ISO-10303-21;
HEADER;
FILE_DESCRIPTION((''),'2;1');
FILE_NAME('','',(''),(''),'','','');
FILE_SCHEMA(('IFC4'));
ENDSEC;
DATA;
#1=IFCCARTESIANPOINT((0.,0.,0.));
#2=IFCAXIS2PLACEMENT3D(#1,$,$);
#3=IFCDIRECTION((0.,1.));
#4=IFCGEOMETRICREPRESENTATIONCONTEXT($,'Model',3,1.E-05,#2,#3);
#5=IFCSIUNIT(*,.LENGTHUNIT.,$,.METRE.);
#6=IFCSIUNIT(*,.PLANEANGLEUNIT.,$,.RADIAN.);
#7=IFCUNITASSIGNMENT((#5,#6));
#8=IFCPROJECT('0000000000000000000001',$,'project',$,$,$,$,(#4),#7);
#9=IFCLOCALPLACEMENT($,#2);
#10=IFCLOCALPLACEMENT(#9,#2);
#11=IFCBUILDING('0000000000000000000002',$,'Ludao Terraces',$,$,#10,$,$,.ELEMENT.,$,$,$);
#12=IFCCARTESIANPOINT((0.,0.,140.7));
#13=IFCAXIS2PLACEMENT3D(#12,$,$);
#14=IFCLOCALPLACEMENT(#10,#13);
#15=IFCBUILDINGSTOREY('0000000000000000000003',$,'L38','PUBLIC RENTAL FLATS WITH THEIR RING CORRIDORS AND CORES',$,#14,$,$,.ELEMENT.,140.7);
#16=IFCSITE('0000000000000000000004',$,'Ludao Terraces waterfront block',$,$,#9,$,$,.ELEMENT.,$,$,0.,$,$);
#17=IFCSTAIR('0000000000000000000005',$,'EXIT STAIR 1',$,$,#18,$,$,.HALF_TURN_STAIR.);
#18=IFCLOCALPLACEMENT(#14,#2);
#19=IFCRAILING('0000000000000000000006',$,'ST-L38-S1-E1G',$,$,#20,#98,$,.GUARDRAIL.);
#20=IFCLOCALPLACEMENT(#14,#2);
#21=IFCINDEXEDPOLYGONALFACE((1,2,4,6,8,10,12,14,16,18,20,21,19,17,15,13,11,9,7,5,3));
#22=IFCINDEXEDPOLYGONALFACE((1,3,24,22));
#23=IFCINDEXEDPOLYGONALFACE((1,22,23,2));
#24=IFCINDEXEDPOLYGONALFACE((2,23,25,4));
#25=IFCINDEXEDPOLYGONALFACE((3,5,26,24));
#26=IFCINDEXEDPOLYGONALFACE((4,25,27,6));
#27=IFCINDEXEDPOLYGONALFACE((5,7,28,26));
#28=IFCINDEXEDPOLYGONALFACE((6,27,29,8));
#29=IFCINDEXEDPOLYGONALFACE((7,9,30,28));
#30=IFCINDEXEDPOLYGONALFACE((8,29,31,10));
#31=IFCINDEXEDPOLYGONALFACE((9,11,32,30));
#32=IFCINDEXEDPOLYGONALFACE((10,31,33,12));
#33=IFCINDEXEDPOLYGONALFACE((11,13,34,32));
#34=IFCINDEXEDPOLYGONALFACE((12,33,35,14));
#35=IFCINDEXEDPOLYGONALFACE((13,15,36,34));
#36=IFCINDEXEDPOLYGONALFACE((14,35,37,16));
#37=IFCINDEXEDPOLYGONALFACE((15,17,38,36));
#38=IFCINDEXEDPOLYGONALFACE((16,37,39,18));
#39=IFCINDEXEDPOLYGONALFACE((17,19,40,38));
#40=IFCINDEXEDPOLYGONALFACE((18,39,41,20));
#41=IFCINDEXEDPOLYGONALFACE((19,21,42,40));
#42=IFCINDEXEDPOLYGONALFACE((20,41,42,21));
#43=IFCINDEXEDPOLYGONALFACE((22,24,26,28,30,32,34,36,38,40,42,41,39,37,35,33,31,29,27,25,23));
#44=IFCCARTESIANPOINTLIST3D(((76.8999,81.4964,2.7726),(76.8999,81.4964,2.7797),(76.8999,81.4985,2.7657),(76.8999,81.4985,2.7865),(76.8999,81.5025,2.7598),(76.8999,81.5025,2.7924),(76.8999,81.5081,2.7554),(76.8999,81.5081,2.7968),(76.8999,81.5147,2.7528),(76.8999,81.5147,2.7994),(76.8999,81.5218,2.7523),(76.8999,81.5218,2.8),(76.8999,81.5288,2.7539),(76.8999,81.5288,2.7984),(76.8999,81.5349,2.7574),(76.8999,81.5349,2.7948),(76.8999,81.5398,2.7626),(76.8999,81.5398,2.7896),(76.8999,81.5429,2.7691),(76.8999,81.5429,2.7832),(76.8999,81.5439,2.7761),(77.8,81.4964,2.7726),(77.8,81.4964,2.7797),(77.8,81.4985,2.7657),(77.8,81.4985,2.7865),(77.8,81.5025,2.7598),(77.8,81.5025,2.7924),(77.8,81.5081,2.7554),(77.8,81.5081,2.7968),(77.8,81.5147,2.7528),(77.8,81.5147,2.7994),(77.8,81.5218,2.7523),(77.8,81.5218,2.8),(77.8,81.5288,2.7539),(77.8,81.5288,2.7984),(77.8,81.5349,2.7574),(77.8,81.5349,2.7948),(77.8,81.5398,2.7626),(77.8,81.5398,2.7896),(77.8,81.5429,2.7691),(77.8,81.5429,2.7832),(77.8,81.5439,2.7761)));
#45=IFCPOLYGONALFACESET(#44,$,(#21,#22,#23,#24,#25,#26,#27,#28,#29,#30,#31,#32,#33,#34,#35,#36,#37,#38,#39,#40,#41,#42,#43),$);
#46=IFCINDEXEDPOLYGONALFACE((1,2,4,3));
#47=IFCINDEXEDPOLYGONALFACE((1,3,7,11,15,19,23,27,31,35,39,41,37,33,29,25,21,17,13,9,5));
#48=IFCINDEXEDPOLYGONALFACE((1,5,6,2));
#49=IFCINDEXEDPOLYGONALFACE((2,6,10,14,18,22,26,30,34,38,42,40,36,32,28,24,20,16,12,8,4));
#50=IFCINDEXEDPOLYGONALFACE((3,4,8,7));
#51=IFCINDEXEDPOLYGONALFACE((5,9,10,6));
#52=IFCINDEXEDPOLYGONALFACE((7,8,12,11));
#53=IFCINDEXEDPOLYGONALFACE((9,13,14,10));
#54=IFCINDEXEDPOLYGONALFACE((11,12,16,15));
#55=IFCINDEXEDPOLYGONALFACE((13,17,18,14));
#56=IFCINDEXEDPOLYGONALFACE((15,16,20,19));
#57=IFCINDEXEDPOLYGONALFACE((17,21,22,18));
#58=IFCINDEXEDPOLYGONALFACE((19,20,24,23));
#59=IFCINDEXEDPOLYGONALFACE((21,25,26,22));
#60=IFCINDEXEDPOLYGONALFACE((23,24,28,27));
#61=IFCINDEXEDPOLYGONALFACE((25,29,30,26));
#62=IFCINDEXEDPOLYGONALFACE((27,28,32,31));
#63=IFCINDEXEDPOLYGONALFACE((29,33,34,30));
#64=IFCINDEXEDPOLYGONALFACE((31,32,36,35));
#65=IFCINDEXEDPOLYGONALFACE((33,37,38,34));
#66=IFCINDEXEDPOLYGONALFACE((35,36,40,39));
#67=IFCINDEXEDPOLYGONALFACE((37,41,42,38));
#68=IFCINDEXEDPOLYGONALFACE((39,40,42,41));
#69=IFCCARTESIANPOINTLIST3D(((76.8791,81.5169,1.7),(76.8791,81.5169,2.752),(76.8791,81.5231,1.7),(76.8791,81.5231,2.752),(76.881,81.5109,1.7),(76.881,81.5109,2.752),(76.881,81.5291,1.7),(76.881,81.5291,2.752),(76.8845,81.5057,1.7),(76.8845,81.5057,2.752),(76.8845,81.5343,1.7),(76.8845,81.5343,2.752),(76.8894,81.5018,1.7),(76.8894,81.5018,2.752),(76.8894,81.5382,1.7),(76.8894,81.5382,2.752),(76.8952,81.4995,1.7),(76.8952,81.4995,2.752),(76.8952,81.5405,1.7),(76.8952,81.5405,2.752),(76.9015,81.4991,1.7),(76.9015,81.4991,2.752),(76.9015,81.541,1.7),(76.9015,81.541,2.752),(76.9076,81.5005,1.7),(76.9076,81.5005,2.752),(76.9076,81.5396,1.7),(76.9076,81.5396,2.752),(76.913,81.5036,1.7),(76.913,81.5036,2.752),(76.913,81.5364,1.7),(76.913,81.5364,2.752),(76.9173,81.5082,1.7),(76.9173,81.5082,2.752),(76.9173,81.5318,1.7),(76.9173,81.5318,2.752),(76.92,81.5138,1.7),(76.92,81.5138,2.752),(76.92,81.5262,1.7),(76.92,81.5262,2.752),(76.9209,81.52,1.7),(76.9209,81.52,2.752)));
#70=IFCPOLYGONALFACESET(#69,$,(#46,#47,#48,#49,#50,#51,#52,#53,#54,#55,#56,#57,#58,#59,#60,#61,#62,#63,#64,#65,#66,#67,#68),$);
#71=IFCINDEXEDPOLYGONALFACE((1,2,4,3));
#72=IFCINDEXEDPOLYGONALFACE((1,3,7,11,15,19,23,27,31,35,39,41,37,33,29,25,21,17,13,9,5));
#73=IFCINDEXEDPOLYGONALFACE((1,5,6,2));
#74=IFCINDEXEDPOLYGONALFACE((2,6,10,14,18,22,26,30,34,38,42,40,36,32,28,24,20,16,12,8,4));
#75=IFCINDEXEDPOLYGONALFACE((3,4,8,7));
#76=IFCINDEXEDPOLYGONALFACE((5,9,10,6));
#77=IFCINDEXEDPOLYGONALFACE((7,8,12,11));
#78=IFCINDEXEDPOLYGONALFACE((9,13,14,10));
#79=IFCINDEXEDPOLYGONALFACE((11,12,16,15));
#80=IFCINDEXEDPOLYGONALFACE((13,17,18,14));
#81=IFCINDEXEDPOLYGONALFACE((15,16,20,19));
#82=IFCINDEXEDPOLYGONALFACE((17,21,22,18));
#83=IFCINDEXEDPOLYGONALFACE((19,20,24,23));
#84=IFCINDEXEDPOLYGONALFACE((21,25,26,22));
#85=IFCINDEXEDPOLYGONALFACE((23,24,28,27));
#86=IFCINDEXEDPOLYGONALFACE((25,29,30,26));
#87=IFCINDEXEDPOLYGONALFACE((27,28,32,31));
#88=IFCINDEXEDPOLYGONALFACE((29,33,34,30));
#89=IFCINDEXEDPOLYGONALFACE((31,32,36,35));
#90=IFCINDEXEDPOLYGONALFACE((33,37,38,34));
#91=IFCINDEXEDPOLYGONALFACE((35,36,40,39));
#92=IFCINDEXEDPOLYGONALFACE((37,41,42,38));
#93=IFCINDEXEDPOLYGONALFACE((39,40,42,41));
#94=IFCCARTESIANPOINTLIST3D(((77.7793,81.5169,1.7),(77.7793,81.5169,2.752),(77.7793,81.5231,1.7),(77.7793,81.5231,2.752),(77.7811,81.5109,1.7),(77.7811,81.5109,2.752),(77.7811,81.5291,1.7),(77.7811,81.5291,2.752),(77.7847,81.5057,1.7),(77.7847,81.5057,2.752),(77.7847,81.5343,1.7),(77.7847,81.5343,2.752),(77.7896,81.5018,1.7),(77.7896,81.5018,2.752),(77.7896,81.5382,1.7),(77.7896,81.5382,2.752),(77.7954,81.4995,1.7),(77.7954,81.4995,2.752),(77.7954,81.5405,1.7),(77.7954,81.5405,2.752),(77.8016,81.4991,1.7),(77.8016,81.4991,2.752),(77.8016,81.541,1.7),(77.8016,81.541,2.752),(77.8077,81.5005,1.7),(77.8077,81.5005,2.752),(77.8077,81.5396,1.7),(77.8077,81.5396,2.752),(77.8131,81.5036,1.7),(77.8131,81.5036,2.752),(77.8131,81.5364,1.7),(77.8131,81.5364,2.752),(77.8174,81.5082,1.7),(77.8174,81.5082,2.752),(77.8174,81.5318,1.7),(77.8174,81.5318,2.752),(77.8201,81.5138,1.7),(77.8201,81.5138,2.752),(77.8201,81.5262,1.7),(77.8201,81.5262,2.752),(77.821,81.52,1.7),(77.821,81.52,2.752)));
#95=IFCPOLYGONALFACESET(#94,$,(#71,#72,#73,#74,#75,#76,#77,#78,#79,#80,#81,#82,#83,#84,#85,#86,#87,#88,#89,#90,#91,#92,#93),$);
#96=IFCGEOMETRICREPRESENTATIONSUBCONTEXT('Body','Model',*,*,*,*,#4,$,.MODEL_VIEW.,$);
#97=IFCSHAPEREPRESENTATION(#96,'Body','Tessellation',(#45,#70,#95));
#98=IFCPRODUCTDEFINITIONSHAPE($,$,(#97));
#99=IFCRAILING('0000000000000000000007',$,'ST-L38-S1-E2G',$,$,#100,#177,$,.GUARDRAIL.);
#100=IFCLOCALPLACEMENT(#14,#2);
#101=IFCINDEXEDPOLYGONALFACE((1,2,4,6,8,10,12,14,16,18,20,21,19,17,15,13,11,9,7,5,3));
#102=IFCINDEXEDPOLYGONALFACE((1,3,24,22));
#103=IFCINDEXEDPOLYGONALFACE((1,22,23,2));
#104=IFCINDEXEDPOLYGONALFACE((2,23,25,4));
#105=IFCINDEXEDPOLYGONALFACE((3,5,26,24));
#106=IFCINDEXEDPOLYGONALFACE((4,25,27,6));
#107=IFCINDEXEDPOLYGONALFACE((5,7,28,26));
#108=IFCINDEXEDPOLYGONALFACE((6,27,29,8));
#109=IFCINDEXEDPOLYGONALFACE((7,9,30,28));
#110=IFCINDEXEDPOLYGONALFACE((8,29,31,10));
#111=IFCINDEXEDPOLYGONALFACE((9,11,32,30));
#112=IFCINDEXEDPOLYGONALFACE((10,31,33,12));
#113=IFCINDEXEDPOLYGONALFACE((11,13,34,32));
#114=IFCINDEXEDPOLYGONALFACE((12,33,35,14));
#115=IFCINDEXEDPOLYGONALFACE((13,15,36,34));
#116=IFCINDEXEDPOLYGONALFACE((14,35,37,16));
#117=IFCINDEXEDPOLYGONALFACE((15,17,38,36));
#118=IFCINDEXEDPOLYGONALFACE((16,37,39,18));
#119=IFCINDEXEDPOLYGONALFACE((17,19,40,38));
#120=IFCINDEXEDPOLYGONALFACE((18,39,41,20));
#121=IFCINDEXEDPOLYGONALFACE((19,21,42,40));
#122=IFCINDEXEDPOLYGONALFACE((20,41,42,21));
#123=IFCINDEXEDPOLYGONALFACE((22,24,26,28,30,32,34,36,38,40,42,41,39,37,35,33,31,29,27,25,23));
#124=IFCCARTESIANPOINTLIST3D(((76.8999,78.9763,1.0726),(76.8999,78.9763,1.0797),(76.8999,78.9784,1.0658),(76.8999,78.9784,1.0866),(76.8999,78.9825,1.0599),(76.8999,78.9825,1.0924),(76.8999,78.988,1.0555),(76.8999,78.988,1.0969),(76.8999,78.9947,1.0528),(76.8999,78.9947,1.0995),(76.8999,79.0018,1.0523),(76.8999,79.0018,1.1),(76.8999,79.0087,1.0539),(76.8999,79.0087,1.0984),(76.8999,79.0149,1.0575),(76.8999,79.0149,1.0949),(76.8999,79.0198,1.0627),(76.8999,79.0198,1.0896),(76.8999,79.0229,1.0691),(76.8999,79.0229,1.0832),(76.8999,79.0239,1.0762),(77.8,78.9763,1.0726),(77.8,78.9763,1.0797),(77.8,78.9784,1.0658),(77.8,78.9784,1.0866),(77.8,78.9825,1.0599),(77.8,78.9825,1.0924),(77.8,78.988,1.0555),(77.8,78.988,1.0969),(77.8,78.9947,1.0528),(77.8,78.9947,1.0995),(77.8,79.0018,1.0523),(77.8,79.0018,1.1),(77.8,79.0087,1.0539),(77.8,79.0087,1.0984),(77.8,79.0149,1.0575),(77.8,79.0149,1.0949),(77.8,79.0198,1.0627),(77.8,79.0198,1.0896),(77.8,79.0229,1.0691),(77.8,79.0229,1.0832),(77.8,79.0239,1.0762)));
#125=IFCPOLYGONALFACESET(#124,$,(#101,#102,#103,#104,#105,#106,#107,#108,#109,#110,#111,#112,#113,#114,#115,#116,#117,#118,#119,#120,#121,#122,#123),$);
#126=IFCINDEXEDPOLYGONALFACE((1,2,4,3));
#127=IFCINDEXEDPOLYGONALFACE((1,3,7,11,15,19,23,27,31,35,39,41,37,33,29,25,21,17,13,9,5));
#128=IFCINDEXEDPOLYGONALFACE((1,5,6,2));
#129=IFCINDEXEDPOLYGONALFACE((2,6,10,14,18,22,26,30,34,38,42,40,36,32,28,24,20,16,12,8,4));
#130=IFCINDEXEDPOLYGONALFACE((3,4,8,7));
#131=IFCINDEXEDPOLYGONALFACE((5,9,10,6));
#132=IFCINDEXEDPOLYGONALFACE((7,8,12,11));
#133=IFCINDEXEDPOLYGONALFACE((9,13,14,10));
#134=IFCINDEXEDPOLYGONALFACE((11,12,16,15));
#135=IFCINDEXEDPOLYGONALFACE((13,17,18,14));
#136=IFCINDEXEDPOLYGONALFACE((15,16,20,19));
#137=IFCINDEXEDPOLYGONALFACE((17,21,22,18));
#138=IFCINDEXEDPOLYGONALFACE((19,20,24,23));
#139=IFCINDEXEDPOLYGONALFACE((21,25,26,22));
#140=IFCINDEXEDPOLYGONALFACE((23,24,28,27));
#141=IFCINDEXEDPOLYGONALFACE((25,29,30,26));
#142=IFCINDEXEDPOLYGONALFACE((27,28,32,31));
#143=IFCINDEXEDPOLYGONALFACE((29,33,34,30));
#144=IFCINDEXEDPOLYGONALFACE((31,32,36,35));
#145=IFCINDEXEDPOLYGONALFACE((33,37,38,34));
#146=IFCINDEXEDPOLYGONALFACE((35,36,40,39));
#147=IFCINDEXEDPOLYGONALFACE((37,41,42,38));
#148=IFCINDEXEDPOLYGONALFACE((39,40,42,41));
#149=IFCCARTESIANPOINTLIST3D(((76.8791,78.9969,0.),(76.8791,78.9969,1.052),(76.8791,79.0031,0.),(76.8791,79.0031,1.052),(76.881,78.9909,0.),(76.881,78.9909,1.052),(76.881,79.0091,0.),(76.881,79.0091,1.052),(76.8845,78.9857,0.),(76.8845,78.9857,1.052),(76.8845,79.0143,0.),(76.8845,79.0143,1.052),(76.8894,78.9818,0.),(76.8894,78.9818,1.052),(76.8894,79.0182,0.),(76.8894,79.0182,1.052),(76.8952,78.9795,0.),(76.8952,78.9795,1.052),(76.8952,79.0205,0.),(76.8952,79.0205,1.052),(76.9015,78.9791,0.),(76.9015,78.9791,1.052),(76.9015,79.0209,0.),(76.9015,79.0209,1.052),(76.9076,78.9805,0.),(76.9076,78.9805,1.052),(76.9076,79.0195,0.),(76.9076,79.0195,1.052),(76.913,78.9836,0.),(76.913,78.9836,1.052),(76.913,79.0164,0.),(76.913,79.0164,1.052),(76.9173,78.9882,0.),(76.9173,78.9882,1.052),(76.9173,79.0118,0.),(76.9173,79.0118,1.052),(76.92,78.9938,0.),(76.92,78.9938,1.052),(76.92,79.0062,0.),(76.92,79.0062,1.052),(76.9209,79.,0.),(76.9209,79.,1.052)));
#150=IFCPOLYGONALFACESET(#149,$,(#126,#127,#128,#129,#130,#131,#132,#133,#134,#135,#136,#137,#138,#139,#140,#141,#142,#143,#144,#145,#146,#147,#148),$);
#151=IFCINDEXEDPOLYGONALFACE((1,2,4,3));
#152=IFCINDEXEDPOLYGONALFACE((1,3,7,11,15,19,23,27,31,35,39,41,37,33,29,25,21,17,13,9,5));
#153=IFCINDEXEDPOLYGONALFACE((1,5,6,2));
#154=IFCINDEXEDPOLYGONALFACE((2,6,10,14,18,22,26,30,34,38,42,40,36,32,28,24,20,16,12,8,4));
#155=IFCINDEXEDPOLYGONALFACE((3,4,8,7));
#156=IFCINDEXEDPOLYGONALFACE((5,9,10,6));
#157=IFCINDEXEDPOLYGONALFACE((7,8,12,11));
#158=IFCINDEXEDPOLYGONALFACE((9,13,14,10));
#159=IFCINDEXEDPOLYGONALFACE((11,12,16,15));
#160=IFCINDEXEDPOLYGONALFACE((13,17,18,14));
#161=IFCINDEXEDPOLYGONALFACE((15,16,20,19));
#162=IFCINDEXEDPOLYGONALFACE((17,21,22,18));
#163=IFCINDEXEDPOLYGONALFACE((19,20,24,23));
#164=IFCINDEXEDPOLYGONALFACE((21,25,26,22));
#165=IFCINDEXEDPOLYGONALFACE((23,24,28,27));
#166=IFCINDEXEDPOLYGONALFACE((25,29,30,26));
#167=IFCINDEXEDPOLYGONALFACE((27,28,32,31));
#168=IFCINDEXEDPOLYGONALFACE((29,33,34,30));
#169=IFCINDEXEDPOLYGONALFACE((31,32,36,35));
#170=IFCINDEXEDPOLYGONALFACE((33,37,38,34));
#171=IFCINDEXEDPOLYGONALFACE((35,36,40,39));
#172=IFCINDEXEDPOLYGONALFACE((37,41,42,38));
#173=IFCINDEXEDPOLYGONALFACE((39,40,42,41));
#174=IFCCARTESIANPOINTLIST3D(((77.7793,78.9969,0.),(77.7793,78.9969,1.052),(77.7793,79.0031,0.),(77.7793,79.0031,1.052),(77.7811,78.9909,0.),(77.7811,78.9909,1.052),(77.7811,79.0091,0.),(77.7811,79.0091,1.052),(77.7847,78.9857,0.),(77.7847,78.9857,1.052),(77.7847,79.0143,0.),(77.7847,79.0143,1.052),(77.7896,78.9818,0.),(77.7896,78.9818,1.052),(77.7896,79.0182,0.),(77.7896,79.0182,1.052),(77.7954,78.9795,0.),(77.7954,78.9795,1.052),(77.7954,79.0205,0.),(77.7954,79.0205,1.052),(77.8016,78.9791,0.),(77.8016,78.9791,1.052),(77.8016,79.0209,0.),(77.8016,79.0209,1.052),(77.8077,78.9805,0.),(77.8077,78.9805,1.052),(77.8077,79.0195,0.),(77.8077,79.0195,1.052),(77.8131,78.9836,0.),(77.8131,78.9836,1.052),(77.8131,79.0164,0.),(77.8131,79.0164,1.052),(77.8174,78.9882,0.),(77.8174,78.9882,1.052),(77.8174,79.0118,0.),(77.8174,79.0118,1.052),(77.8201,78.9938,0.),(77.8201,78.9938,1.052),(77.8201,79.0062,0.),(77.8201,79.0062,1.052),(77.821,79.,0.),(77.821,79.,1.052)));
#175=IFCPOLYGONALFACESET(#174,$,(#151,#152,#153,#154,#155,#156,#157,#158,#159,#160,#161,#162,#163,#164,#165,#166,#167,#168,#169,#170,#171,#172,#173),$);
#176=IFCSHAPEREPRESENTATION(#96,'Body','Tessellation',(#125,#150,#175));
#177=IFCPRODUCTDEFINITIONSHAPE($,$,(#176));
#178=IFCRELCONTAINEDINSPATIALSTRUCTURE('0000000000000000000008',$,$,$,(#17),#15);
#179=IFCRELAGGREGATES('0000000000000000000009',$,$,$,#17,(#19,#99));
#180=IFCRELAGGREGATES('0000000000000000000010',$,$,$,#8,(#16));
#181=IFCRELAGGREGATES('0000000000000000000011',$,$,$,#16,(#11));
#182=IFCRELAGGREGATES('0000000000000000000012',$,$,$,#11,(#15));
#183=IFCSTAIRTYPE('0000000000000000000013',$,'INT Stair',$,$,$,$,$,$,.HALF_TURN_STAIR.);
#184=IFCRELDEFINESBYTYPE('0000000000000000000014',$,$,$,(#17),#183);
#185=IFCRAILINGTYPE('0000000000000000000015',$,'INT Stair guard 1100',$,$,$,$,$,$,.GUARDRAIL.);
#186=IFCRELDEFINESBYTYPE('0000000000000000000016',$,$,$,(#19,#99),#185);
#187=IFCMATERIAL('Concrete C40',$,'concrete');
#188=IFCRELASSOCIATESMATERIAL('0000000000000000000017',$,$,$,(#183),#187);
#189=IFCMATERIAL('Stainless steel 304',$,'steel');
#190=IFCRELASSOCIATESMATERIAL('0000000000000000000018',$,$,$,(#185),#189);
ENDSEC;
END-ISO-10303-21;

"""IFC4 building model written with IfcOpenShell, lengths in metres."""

from ifc_helpers import new_model, si_unit, direction, frame, origin, origin_2d, place, context, subcontext, project, spatial, circle, extrude, material, type_object, element, aggregate, save


model = new_model("IFC4")

# Units and contexts
model_context = context("Model", 3, precision=1e-05, world=origin(), true_north=direction((0.0, 1.0)))
body_context = subcontext(model_context, "Body", "Model", "MODEL_VIEW")
ifc_project = project(units=[si_unit("LENGTHUNIT", "METRE"), si_unit("PLANEANGLEUNIT", "RADIAN")], contexts=[model_context])

# Site, building, storey
site_placement = place(None, origin())
site = spatial("IfcSite", under=ifc_project, at=site_placement, Name="Ludao Terraces waterfront block", CompositionType="ELEMENT", RefElevation=0.0)
building_placement = place(site_placement, origin())
building = spatial("IfcBuilding", under=site, at=building_placement, Name="Ludao Terraces", CompositionType="ELEMENT")
storey_placement = place(building_placement, frame((0.0, 0.0, 140.7)))
storey = spatial("IfcBuildingStorey", under=building, at=storey_placement, Name="L38", Description="PUBLIC RENTAL FLATS WITH THEIR RING CORRIDORS AND CORES", CompositionType="ELEMENT", Elevation=140.7)

# Shared definitions
ifc_material_1 = material(Name="Stainless steel 304", Category="steel")

# Stair, railings
ifc_material_2 = material(Name="Concrete C40", Category="concrete")
stair_type = type_object("IfcStairType", Name="INT Stair", PredefinedType="HALF_TURN_STAIR", material=ifc_material_2)
stair_placement = place(storey_placement, origin())
stair = element("IfcStair", 1, at=stair_placement, inside=storey, type_object=stair_type, Name="EXIT STAIR 1", PredefinedType="HALF_TURN_STAIR")
railing_type_1 = type_object("IfcRailingType", Name="INT Stair guard 1100", PredefinedType="GUARDRAIL", material=ifc_material_1)
railing_1_placement = place(storey_placement, frame((76.8999, 81.52, 1.7)))
railing_1 = element("IfcRailing", 2, at=railing_1_placement, type_object=railing_type_1, Name="ST-L38-S1-E1G", PredefinedType="GUARDRAIL", context=body_context, shape_type="SweptSolid", body=[
    extrude(circle(Radius=0.0239, at=origin_2d()), frame((0.0, 0.0, 1.0762), z_axis=(1.0, 0.0, 0.0), x_axis=(0.0, 1.0, 0.0)), (0.0, 0.0, 1.0), 0.9001),
    extrude(circle(Radius=0.021, at=origin_2d()), origin(), (0.0, 0.0, 1.0), 1.052),
    extrude(circle(Radius=0.021, at=origin_2d()), frame((0.9001, 0.0, 0.0)), (0.0, 0.0, 1.0), 1.052),
])
railing_2_placement = place(storey_placement, frame((76.8999, 79.0, 0.0)))
railing_2 = element("IfcRailing", 3, at=railing_2_placement, type_object=railing_type_1, Name="ST-L38-S1-E2G", PredefinedType="GUARDRAIL", context=body_context, shape_type="SweptSolid", body=[
    extrude(circle(Radius=0.0239, at=origin_2d()), frame((0.0, 0.0, 1.0762), z_axis=(1.0, 0.0, 0.0), x_axis=(0.0, 1.0, 0.0)), (0.0, 0.0, 1.0), 0.9001),
    extrude(circle(Radius=0.021, at=origin_2d()), origin(), (0.0, 0.0, 1.0), 1.052),
    extrude(circle(Radius=0.021, at=origin_2d()), frame((0.9001, 0.0, 0.0)), (0.0, 0.0, 1.0), 1.052),
])
aggregate(stair, [railing_1, railing_2])

save(model, "model.ifc")
